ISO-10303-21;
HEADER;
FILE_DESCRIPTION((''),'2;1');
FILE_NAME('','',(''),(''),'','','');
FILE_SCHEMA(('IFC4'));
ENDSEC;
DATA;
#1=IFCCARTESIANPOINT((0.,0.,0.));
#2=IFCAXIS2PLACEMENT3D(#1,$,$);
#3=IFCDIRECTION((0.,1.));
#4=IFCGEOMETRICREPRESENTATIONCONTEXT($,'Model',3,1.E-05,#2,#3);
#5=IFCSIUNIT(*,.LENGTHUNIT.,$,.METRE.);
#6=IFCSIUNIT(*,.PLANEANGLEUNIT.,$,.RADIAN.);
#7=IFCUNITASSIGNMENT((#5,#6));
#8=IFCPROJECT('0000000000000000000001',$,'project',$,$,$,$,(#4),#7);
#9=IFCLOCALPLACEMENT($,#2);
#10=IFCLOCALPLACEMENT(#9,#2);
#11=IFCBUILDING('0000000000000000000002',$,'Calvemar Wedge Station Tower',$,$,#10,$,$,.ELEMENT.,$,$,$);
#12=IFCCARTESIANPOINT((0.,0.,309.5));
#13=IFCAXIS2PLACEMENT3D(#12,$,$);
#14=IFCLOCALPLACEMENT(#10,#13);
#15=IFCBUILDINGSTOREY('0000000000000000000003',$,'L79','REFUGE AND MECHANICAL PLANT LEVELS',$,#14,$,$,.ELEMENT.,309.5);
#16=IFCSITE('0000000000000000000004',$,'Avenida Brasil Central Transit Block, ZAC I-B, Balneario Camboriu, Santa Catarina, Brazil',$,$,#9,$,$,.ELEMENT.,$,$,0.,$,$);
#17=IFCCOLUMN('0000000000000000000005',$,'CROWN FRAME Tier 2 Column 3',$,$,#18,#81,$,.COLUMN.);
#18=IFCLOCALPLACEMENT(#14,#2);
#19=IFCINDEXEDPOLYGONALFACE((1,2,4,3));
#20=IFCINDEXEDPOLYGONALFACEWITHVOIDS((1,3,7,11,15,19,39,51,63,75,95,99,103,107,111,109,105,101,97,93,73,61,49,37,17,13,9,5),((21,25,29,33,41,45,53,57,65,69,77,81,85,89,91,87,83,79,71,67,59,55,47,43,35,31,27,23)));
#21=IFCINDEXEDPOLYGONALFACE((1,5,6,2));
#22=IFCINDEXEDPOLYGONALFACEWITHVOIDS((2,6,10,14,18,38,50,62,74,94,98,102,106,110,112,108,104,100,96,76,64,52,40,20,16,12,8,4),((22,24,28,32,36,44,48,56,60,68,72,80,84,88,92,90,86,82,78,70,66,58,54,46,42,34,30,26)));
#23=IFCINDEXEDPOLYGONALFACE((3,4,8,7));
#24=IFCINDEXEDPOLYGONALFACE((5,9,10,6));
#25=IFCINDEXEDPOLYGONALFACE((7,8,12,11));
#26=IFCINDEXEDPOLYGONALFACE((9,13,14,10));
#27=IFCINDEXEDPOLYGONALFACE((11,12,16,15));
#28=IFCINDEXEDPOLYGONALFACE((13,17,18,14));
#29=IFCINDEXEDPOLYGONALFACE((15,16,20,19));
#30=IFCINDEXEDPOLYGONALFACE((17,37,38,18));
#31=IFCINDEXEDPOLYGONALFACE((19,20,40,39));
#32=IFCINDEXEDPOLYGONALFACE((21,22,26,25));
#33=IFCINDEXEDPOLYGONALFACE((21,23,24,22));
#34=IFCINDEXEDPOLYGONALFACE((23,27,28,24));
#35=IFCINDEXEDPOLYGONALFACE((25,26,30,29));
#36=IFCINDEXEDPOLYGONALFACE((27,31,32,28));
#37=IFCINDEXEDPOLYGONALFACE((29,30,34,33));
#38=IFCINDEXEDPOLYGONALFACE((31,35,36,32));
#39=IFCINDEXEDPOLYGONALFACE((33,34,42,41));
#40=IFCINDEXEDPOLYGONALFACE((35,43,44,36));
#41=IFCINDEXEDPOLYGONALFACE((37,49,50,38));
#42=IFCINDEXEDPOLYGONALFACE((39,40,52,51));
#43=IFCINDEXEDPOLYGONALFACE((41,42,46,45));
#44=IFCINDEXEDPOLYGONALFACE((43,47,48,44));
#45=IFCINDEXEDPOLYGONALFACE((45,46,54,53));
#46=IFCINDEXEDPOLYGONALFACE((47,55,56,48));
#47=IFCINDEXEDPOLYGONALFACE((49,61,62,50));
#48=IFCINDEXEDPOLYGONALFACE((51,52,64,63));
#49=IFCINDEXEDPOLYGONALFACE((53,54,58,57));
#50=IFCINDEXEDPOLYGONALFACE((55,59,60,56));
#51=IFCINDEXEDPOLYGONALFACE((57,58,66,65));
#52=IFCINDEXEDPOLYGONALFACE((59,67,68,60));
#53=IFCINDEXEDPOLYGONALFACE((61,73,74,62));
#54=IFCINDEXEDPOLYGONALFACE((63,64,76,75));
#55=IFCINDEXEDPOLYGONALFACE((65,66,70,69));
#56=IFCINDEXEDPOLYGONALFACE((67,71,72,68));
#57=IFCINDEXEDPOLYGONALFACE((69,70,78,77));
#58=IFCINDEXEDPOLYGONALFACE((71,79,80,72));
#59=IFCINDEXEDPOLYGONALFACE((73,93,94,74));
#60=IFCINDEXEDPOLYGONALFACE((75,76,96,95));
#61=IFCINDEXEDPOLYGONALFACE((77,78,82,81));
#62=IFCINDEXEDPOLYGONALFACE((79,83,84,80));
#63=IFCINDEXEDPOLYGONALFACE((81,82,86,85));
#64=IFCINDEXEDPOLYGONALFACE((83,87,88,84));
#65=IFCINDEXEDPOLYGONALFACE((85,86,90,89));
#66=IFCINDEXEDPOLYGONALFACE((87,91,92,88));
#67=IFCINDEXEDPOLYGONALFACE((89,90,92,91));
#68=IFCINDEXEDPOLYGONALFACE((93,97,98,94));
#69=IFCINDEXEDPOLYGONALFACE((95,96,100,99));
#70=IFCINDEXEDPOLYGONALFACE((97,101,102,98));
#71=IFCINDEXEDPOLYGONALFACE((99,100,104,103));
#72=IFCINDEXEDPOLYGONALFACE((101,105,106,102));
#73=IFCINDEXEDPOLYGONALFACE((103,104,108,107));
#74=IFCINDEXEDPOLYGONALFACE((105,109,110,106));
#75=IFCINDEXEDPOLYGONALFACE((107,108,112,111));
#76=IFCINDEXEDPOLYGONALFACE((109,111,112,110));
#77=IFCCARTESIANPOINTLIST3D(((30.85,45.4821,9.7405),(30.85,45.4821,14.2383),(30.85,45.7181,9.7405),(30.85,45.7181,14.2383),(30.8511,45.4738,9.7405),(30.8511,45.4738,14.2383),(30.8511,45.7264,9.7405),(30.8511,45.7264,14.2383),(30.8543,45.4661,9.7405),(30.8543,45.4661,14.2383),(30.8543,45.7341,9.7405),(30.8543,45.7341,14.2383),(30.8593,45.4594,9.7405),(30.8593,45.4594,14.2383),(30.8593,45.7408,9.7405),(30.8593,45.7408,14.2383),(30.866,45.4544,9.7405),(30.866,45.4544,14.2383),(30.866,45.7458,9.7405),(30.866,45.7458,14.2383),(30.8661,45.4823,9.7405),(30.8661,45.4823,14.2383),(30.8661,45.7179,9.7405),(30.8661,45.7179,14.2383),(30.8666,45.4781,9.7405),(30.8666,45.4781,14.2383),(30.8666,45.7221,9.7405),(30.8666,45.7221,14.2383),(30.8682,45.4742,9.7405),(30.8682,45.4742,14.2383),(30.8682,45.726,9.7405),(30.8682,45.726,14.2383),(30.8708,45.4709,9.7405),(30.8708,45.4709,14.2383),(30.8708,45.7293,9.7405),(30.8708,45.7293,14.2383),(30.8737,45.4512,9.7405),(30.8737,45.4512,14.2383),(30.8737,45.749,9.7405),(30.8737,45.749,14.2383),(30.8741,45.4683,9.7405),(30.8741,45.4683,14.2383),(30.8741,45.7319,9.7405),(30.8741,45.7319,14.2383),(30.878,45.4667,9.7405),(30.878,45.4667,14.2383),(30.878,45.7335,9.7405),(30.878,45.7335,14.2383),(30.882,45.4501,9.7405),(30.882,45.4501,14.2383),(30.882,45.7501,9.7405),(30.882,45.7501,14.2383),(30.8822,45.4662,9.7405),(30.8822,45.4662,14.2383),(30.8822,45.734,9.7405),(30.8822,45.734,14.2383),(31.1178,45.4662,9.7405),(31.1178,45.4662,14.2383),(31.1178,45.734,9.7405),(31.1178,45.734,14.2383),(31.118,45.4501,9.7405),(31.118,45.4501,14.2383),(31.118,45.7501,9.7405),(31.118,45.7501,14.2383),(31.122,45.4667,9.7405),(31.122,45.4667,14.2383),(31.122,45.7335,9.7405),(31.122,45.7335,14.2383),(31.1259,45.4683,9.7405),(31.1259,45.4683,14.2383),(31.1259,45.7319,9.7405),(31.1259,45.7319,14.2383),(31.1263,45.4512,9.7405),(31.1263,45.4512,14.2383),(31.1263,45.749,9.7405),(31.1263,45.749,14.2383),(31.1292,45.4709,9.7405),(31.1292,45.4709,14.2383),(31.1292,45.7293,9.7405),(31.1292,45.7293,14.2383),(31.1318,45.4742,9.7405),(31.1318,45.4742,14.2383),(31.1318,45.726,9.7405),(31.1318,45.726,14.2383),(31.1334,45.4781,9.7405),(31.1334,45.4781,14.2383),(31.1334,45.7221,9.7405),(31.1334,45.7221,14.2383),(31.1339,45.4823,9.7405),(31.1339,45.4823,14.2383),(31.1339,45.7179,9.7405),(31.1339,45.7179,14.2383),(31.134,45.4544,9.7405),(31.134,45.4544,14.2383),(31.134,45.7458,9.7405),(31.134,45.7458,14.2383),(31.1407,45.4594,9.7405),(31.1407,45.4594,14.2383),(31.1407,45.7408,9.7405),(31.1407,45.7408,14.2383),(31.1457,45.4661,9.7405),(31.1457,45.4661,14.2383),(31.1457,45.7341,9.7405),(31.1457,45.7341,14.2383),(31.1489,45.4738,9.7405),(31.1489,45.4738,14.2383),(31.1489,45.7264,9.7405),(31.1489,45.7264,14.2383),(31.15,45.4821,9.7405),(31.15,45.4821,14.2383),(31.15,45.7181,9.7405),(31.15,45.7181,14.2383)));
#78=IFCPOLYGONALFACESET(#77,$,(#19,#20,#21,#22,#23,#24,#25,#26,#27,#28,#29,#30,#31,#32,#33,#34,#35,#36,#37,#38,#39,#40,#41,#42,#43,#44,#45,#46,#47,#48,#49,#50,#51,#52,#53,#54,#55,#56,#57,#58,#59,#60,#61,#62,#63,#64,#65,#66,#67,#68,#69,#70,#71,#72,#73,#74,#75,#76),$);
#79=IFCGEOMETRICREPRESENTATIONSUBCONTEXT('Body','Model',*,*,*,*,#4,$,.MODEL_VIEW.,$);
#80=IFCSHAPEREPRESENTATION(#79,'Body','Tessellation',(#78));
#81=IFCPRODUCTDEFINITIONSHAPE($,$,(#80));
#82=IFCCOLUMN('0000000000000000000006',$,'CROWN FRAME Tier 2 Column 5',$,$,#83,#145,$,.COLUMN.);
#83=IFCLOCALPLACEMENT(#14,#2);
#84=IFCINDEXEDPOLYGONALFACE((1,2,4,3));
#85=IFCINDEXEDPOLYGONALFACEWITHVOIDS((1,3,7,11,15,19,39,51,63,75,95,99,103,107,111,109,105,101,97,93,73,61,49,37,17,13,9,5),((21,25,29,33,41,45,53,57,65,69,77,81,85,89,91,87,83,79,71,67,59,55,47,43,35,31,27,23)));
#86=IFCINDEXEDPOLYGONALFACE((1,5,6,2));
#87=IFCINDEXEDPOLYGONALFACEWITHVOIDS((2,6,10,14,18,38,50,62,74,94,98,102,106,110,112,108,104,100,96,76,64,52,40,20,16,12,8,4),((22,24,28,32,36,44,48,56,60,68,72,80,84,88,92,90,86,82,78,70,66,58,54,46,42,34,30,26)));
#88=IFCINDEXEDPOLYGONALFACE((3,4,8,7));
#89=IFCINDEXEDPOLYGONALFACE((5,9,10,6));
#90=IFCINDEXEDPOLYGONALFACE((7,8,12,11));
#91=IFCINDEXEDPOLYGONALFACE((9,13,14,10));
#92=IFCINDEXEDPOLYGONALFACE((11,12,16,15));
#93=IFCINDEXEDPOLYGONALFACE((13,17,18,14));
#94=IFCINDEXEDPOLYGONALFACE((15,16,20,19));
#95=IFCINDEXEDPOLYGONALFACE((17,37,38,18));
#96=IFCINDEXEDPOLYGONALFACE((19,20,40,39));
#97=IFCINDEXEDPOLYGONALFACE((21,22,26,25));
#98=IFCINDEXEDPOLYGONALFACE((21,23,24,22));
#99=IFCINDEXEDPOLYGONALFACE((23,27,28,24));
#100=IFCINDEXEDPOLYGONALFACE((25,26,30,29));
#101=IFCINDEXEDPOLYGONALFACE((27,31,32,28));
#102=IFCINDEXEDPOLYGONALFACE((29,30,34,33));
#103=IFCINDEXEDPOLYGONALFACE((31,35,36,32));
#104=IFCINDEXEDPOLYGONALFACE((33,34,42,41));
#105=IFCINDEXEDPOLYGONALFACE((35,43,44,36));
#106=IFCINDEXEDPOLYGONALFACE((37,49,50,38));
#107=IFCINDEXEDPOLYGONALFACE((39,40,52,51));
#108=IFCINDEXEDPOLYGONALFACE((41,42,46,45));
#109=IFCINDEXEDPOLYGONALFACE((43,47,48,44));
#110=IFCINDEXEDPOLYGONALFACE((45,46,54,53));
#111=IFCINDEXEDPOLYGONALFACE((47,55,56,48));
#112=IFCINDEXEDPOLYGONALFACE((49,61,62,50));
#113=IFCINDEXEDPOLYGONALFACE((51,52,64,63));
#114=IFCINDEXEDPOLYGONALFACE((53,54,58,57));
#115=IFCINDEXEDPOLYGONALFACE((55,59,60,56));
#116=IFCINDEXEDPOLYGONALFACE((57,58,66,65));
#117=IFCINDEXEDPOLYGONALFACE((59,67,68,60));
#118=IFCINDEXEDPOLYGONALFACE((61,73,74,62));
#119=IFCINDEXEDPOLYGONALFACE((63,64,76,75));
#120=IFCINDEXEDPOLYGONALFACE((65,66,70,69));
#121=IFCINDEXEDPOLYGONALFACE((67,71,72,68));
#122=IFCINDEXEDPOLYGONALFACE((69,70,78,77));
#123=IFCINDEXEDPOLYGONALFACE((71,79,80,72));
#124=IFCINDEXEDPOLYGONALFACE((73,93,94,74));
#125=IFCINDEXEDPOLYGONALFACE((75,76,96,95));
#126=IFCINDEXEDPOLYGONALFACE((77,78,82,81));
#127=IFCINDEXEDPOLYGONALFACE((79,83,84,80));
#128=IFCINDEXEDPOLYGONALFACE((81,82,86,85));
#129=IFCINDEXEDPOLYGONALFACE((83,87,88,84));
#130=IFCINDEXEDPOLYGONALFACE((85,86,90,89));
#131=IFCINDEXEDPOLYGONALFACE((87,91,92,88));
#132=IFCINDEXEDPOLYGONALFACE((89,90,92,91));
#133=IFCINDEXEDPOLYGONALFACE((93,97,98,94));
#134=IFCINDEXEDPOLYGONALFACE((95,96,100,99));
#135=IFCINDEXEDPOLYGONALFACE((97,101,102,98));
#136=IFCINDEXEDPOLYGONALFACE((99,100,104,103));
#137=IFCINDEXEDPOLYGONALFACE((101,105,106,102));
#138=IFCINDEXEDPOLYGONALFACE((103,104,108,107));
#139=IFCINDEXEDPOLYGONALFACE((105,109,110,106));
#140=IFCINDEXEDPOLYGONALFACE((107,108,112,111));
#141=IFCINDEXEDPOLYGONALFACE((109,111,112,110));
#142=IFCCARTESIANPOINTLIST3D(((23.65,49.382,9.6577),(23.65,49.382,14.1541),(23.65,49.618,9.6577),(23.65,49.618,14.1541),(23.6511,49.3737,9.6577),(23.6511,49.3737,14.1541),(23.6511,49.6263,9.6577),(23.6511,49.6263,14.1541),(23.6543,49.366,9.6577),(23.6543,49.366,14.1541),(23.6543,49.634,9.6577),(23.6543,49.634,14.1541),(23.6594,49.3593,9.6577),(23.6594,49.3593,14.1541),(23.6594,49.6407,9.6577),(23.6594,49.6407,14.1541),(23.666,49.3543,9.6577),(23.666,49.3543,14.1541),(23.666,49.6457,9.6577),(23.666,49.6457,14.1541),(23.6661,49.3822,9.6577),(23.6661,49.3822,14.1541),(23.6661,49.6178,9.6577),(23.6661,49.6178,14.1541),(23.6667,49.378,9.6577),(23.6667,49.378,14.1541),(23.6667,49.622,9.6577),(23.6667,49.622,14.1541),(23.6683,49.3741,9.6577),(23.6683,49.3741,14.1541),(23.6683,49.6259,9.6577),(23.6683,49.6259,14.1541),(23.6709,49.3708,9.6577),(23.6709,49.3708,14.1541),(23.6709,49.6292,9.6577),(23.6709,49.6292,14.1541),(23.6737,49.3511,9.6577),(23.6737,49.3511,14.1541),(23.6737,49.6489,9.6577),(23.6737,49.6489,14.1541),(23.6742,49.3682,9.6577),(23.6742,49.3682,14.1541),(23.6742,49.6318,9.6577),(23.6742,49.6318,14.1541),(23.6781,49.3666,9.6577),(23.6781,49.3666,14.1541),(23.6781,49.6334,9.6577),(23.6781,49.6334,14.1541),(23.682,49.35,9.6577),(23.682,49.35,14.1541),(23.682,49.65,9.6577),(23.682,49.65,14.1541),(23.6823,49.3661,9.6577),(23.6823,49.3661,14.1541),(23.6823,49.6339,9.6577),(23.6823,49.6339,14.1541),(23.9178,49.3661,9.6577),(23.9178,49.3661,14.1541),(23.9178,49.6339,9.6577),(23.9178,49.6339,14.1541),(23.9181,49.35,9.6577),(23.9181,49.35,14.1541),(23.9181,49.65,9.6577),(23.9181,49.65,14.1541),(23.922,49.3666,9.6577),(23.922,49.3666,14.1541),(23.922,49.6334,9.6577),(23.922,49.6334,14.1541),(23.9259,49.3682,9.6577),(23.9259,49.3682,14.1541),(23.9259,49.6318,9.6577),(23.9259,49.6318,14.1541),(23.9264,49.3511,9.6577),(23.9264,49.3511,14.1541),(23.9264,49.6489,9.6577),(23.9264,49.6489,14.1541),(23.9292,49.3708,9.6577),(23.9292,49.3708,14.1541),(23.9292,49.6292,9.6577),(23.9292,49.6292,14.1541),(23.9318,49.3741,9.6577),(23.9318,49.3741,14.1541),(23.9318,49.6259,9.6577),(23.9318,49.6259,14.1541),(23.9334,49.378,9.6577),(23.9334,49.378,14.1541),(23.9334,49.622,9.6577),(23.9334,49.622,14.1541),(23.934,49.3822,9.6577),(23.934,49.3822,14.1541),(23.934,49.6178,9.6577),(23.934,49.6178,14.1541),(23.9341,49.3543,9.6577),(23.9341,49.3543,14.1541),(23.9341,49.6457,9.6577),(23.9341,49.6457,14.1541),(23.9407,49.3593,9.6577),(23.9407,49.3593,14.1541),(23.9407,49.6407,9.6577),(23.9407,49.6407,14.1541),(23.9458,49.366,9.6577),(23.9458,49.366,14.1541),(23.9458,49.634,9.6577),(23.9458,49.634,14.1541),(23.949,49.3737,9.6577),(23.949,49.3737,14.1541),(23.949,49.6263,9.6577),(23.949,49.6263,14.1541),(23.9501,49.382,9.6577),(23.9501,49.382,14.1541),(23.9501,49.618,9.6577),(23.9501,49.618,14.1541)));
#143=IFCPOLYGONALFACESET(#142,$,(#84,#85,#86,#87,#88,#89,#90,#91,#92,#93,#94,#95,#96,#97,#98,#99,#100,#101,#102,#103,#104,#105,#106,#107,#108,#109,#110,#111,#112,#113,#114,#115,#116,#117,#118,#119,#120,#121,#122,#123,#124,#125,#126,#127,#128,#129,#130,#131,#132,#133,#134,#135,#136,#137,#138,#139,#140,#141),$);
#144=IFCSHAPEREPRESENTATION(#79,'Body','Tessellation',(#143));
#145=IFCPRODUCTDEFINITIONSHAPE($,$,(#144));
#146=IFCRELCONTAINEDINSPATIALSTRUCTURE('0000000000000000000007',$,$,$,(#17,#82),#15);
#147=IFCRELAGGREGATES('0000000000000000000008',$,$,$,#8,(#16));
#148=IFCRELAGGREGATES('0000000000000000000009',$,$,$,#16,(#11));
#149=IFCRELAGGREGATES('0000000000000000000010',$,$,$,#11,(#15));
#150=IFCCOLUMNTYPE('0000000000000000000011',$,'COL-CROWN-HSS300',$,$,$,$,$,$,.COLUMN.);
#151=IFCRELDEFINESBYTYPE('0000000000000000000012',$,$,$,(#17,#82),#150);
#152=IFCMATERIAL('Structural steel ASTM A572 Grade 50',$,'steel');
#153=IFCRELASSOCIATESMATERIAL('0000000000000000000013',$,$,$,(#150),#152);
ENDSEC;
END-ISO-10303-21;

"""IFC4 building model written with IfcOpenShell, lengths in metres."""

from ifc_helpers import new_model, si_unit, direction, frame, origin, origin_2d, place, context, subcontext, project, spatial, hollow_rectangle, extrude, source, transform, mapped, material, material_profile, profile_set, type_object, element, save


model = new_model("IFC4")

# Units and contexts
model_context = context("Model", 3, precision=1e-05, world=origin(), true_north=direction((0.0, 1.0)))
body_context = subcontext(model_context, "Body", "Model", "MODEL_VIEW")
ifc_project = project(units=[si_unit("LENGTHUNIT", "METRE"), si_unit("PLANEANGLEUNIT", "RADIAN")], contexts=[model_context])

# Site, building, storey
site_placement = place(None, origin())
site = spatial("IfcSite", under=ifc_project, at=site_placement, Name="Avenida Brasil Central Transit Block, ZAC I-B, Balneario Camboriu, Santa Catarina, Brazil", CompositionType="ELEMENT", RefElevation=0.0)
building_placement = place(site_placement, origin())
building = spatial("IfcBuilding", under=site, at=building_placement, Name="Calvemar Wedge Station Tower", CompositionType="ELEMENT")
storey_placement = place(building_placement, frame((0.0, 0.0, 309.5)))
storey = spatial("IfcBuildingStorey", under=building, at=storey_placement, Name="L79", Description="REFUGE AND MECHANICAL PLANT LEVELS", CompositionType="ELEMENT", Elevation=309.5)

# Columns
ifc_material_1 = material(Name="Structural steel ASTM A572 Grade 50", Category="steel")
ifc_material_profile_1 = material_profile(ifc_material_1, hollow_rectangle(XDim=0.3, YDim=0.3, WallThickness=0.0161, InnerFilletRadius=0.0161, OuterFilletRadius=0.032, at=origin_2d()), Name="HSS300x300x16")
ifc_profile_set_1 = profile_set([ifc_material_profile_1], Name="Structural steel ASTM A572 Grade 50")
column_type = type_object("IfcColumnType", Name="COL-CROWN-HSS300", PredefinedType="COLUMN", material=ifc_profile_set_1)
shared_shape_1 = source(origin(), body_context, "Body", "SweptSolid", [
    extrude(hollow_rectangle(XDim=0.3, YDim=0.3, WallThickness=0.0161, InnerFilletRadius=0.0161, OuterFilletRadius=0.032, at=origin_2d()), origin(), (0.0, 0.0, 1.0), 4.4978),
])
column_1_placement = place(storey_placement, frame((31.0, 45.6001, 9.7405), z_axis=(0.0, 0.0, 1.0), x_axis=(1.0, 0.0, 0.0)))
element("IfcColumn", 1, at=column_1_placement, inside=storey, type_object=column_type, Name="CROWN FRAME Tier 2 Column 3", PredefinedType="COLUMN", context=body_context, shape_type="MappedRepresentation", body=[
    mapped(shared_shape_1, transform((0.0, 0.0, 0.0), scale=1.0)),
])
shared_shape_2 = source(origin(), body_context, "Body", "SweptSolid", [
    extrude(hollow_rectangle(XDim=0.3, YDim=0.3, WallThickness=0.0161, InnerFilletRadius=0.0161, OuterFilletRadius=0.032, at=origin_2d()), origin(), (0.0, 0.0, 1.0), 4.4963),
])
for number, where, z_axis, x_axis, name in (
    (2, (23.8, 49.5, 9.6577), (0.0, 0.0, 1.0), (1.0, 0.0, 0.0), "CROWN FRAME Tier 2 Column 5"),
):
    element("IfcColumn", number, at=place(storey_placement, frame(where, z_axis=z_axis, x_axis=x_axis)), inside=storey, type_object=column_type, Name=name, PredefinedType="COLUMN", context=body_context, shape_type="MappedRepresentation", body=[
        mapped(shared_shape_2, transform((0.0, 0.0, 0.0), scale=1.0)),
    ])

save(model, "model.ifc")
